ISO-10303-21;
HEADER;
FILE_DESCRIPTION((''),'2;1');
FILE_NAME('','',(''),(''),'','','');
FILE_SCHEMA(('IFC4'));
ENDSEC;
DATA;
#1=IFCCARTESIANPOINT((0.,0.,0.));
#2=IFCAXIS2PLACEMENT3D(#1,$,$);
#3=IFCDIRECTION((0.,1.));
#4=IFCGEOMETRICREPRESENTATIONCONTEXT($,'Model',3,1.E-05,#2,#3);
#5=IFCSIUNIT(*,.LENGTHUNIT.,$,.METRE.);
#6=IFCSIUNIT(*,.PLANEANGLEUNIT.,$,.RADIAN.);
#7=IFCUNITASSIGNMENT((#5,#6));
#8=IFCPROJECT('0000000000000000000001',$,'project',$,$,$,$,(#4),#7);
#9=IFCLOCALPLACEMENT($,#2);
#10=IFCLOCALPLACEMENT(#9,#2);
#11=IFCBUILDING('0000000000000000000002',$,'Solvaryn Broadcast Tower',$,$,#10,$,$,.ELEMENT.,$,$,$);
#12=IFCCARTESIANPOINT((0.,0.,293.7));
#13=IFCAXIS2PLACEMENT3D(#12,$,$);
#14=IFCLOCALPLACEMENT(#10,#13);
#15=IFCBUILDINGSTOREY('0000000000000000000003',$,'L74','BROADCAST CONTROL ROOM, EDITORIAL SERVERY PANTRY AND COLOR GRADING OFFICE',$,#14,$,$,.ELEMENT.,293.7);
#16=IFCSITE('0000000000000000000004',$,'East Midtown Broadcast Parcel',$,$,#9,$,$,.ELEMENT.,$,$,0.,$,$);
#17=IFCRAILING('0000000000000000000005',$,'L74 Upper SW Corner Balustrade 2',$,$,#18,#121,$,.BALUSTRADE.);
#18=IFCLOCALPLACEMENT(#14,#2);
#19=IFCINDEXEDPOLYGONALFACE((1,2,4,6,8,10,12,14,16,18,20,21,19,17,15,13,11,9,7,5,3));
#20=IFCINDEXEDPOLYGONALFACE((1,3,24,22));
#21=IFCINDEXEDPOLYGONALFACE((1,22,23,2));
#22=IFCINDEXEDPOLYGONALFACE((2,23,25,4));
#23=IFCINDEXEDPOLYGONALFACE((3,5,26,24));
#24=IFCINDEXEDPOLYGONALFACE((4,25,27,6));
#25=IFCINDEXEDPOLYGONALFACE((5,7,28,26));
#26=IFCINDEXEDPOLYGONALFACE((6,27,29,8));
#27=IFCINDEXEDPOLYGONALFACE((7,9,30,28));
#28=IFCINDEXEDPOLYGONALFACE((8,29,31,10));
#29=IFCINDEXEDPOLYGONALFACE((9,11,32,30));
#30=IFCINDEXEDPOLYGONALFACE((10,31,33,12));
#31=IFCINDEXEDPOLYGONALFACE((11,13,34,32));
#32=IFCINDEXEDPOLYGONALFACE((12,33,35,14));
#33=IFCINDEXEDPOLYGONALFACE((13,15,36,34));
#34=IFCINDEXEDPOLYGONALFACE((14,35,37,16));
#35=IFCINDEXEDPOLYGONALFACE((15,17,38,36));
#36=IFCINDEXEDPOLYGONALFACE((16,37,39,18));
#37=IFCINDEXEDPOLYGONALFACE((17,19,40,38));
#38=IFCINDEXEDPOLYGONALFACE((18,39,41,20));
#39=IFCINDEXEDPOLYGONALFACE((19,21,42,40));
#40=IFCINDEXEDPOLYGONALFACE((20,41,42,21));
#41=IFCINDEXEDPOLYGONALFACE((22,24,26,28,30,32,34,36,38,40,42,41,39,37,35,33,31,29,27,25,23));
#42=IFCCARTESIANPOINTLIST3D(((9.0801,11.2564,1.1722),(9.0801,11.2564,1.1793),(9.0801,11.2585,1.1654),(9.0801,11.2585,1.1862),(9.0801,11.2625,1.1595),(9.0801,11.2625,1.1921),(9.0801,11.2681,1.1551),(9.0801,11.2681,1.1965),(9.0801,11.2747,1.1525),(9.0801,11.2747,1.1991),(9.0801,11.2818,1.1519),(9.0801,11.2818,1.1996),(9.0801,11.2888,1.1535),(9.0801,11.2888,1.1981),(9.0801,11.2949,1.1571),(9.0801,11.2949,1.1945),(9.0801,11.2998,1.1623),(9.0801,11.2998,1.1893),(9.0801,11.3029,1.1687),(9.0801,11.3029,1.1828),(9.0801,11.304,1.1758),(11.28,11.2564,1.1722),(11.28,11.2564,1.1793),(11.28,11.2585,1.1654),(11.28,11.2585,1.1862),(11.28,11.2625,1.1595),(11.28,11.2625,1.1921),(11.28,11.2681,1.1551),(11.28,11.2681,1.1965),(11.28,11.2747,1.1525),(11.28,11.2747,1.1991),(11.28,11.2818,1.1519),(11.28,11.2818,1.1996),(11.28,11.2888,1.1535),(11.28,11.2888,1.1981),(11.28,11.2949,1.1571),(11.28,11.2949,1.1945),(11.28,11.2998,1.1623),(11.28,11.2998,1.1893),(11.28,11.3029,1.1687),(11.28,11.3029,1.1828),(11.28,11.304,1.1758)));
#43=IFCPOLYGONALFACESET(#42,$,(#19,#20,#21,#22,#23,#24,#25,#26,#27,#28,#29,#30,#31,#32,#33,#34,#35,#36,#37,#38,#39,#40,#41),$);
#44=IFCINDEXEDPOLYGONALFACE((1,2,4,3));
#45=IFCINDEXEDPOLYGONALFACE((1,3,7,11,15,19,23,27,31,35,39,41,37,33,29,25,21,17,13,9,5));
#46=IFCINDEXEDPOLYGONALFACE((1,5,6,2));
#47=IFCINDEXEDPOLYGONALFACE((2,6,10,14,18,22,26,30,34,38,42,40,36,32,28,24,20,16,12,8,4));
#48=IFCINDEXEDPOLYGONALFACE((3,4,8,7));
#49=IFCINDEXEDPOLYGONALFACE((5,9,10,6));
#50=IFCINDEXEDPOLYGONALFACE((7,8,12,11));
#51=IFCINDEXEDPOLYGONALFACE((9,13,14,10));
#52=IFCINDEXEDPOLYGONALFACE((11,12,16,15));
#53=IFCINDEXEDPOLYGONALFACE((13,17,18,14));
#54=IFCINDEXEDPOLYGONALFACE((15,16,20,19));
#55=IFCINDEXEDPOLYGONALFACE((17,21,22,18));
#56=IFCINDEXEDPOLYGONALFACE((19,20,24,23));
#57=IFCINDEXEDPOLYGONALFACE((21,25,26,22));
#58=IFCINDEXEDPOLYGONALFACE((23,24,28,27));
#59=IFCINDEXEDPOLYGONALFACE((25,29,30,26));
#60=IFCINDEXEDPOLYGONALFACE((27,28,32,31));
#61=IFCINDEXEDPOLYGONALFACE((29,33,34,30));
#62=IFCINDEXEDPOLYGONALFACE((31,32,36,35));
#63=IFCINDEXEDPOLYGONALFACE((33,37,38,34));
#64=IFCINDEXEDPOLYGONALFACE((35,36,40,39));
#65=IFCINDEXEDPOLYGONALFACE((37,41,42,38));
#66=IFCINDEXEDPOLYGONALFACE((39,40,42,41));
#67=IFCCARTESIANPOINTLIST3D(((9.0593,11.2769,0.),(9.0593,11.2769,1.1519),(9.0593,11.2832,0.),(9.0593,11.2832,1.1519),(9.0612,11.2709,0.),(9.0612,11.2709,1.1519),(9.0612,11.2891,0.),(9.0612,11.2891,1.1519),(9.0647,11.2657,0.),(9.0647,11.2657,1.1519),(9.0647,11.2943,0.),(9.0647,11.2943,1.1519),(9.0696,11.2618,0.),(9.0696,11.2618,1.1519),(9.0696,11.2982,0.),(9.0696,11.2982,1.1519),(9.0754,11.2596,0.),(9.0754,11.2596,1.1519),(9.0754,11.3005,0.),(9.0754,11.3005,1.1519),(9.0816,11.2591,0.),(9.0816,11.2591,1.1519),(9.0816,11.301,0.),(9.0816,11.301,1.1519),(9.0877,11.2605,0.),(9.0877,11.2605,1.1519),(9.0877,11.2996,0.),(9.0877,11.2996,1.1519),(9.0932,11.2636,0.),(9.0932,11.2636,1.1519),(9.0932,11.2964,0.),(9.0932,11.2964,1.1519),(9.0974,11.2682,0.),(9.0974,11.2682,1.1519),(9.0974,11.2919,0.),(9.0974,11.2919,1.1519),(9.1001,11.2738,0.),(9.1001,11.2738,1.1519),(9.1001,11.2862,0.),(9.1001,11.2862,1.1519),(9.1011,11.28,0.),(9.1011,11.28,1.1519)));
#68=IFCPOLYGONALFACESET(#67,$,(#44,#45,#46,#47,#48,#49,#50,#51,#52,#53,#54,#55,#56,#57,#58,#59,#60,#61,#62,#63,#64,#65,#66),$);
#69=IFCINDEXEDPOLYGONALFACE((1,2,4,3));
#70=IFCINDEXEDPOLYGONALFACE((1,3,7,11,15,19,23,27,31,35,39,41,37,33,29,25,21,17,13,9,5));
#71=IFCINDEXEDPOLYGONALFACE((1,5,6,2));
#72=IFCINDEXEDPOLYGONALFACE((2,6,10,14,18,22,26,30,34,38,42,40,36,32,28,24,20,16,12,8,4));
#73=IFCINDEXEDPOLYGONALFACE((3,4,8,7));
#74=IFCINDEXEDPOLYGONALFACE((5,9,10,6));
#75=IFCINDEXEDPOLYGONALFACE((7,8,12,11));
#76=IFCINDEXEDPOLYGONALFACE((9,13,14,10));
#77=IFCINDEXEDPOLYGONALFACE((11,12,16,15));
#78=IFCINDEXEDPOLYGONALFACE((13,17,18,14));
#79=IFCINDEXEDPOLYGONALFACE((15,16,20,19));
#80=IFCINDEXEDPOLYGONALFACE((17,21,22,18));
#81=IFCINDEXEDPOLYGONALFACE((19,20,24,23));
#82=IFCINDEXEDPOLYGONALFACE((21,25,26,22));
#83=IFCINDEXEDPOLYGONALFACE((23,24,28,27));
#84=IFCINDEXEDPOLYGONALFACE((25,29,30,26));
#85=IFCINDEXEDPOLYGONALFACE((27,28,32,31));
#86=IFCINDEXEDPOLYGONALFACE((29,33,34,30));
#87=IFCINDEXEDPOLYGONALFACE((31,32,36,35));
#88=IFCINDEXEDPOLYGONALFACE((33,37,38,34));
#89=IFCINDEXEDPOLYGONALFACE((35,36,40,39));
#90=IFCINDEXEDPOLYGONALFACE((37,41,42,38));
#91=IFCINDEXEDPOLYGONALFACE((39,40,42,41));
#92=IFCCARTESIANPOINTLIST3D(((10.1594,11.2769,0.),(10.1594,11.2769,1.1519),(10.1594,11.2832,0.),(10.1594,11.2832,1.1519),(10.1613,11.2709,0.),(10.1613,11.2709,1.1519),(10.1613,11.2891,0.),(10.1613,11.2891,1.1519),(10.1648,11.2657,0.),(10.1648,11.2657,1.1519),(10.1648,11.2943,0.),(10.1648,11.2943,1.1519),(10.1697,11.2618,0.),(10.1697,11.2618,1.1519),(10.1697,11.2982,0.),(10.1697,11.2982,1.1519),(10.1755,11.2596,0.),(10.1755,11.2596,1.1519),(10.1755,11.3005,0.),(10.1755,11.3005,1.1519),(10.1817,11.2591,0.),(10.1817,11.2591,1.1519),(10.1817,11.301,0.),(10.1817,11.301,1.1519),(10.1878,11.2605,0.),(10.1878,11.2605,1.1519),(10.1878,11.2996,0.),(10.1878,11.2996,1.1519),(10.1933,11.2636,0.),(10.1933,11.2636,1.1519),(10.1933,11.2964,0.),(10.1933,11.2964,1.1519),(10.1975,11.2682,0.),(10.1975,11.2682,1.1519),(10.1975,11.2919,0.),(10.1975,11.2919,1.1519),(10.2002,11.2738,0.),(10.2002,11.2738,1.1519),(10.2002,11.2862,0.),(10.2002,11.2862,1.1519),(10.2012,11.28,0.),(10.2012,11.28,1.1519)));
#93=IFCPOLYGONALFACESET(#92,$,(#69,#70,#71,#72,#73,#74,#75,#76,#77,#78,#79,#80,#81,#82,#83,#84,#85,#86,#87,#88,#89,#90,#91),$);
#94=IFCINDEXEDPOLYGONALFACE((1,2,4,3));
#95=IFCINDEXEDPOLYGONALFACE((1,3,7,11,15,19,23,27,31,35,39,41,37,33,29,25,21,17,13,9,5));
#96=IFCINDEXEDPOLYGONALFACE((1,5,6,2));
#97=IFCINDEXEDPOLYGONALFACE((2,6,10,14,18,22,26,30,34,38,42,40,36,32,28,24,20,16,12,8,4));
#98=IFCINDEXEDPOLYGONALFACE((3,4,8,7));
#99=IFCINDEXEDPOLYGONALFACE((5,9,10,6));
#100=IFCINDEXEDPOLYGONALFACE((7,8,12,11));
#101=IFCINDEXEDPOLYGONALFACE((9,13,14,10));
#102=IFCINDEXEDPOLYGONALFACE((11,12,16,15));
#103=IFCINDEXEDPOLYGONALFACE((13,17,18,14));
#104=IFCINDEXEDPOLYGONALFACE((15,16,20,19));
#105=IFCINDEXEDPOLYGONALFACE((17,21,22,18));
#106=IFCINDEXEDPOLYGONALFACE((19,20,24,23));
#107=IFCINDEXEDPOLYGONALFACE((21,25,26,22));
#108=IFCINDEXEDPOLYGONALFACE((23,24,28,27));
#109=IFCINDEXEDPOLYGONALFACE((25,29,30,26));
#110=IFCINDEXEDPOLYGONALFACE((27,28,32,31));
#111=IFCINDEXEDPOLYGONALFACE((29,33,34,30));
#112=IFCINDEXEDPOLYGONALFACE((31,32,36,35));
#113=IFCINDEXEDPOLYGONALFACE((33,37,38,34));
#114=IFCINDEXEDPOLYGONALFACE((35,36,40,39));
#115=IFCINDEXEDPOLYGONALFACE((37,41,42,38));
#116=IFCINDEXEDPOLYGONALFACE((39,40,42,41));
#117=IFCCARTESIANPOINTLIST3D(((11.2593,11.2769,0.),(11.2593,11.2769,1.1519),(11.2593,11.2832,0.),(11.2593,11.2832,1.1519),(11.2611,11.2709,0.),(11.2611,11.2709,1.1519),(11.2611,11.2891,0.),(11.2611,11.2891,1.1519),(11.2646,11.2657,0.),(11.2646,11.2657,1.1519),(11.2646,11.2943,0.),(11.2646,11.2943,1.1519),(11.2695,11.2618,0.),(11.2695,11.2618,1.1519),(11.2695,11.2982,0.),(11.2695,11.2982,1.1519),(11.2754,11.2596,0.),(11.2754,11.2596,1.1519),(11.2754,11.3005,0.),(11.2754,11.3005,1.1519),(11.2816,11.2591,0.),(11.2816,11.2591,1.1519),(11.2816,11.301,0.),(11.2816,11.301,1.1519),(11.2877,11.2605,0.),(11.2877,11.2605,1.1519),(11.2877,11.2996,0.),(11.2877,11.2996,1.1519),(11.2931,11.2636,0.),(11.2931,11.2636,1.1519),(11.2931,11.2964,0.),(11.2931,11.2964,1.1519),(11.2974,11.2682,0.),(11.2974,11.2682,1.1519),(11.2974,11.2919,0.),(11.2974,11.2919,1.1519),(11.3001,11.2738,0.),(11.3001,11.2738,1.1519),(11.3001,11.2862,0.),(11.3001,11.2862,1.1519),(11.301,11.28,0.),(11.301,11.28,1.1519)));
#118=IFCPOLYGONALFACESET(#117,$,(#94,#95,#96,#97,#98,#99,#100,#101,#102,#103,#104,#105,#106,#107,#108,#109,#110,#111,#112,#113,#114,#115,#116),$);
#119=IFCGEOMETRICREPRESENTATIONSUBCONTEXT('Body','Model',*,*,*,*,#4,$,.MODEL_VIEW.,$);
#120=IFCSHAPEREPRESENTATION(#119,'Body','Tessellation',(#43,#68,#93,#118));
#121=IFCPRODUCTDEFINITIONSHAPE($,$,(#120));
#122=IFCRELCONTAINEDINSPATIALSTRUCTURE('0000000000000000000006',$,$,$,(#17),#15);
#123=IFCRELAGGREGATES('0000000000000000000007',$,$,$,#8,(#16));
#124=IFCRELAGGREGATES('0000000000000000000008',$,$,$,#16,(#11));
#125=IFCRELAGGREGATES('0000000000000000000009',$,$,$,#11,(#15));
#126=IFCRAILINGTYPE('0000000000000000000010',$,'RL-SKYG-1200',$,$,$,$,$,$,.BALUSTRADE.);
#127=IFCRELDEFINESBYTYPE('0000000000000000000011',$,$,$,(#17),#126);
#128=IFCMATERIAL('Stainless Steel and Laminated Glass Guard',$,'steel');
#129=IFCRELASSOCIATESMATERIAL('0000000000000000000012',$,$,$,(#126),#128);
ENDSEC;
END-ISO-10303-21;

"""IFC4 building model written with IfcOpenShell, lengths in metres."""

from ifc_helpers import new_model, si_unit, direction, frame, origin, origin_2d, place, context, subcontext, project, spatial, circle, extrude, material, type_object, element, save


model = new_model("IFC4")

# Units and contexts
model_context = context("Model", 3, precision=1e-05, world=origin(), true_north=direction((0.0, 1.0)))
body_context = subcontext(model_context, "Body", "Model", "MODEL_VIEW")
ifc_project = project(units=[si_unit("LENGTHUNIT", "METRE"), si_unit("PLANEANGLEUNIT", "RADIAN")], contexts=[model_context])

# Site, building, storey
site_placement = place(None, origin())
site = spatial("IfcSite", under=ifc_project, at=site_placement, Name="East Midtown Broadcast Parcel", CompositionType="ELEMENT", RefElevation=0.0)
building_placement = place(site_placement, origin())
building = spatial("IfcBuilding", under=site, at=building_placement, Name="Solvaryn Broadcast Tower", CompositionType="ELEMENT")
storey_placement = place(building_placement, frame((0.0, 0.0, 293.7)))
storey = spatial("IfcBuildingStorey", under=building, at=storey_placement, Name="L74", Description="BROADCAST CONTROL ROOM, EDITORIAL SERVERY PANTRY AND COLOR GRADING OFFICE", CompositionType="ELEMENT", Elevation=293.7)

# Railing
ifc_material_1 = material(Name="Stainless Steel and Laminated Glass Guard", Category="steel")
railing_type = type_object("IfcRailingType", Name="RL-SKYG-1200", PredefinedType="BALUSTRADE", material=ifc_material_1)
railing_1_placement = place(storey_placement, frame((9.0801, 11.28, 0.0)))
element("IfcRailing", 1, at=railing_1_placement, inside=storey, type_object=railing_type, Name="L74 Upper SW Corner Balustrade 2", PredefinedType="BALUSTRADE", context=body_context, shape_type="SweptSolid", body=[
    extrude(circle(Radius=0.0239, at=origin_2d()), frame((0.0, 0.0, 1.1758), z_axis=(1.0, 0.0, 0.0), x_axis=(0.0, 1.0, 0.0)), (0.0, 0.0, 1.0), 2.2),
    extrude(circle(Radius=0.021, at=origin_2d()), origin(), (0.0, 0.0, 1.0), 1.1519),
    extrude(circle(Radius=0.021, at=origin_2d()), frame((1.1001, 0.0, 0.0)), (0.0, 0.0, 1.0), 1.1519),
    extrude(circle(Radius=0.021, at=origin_2d()), frame((2.2, 0.0, 0.0)), (0.0, 0.0, 1.0), 1.1519),
])

save(model, "model.ifc")
